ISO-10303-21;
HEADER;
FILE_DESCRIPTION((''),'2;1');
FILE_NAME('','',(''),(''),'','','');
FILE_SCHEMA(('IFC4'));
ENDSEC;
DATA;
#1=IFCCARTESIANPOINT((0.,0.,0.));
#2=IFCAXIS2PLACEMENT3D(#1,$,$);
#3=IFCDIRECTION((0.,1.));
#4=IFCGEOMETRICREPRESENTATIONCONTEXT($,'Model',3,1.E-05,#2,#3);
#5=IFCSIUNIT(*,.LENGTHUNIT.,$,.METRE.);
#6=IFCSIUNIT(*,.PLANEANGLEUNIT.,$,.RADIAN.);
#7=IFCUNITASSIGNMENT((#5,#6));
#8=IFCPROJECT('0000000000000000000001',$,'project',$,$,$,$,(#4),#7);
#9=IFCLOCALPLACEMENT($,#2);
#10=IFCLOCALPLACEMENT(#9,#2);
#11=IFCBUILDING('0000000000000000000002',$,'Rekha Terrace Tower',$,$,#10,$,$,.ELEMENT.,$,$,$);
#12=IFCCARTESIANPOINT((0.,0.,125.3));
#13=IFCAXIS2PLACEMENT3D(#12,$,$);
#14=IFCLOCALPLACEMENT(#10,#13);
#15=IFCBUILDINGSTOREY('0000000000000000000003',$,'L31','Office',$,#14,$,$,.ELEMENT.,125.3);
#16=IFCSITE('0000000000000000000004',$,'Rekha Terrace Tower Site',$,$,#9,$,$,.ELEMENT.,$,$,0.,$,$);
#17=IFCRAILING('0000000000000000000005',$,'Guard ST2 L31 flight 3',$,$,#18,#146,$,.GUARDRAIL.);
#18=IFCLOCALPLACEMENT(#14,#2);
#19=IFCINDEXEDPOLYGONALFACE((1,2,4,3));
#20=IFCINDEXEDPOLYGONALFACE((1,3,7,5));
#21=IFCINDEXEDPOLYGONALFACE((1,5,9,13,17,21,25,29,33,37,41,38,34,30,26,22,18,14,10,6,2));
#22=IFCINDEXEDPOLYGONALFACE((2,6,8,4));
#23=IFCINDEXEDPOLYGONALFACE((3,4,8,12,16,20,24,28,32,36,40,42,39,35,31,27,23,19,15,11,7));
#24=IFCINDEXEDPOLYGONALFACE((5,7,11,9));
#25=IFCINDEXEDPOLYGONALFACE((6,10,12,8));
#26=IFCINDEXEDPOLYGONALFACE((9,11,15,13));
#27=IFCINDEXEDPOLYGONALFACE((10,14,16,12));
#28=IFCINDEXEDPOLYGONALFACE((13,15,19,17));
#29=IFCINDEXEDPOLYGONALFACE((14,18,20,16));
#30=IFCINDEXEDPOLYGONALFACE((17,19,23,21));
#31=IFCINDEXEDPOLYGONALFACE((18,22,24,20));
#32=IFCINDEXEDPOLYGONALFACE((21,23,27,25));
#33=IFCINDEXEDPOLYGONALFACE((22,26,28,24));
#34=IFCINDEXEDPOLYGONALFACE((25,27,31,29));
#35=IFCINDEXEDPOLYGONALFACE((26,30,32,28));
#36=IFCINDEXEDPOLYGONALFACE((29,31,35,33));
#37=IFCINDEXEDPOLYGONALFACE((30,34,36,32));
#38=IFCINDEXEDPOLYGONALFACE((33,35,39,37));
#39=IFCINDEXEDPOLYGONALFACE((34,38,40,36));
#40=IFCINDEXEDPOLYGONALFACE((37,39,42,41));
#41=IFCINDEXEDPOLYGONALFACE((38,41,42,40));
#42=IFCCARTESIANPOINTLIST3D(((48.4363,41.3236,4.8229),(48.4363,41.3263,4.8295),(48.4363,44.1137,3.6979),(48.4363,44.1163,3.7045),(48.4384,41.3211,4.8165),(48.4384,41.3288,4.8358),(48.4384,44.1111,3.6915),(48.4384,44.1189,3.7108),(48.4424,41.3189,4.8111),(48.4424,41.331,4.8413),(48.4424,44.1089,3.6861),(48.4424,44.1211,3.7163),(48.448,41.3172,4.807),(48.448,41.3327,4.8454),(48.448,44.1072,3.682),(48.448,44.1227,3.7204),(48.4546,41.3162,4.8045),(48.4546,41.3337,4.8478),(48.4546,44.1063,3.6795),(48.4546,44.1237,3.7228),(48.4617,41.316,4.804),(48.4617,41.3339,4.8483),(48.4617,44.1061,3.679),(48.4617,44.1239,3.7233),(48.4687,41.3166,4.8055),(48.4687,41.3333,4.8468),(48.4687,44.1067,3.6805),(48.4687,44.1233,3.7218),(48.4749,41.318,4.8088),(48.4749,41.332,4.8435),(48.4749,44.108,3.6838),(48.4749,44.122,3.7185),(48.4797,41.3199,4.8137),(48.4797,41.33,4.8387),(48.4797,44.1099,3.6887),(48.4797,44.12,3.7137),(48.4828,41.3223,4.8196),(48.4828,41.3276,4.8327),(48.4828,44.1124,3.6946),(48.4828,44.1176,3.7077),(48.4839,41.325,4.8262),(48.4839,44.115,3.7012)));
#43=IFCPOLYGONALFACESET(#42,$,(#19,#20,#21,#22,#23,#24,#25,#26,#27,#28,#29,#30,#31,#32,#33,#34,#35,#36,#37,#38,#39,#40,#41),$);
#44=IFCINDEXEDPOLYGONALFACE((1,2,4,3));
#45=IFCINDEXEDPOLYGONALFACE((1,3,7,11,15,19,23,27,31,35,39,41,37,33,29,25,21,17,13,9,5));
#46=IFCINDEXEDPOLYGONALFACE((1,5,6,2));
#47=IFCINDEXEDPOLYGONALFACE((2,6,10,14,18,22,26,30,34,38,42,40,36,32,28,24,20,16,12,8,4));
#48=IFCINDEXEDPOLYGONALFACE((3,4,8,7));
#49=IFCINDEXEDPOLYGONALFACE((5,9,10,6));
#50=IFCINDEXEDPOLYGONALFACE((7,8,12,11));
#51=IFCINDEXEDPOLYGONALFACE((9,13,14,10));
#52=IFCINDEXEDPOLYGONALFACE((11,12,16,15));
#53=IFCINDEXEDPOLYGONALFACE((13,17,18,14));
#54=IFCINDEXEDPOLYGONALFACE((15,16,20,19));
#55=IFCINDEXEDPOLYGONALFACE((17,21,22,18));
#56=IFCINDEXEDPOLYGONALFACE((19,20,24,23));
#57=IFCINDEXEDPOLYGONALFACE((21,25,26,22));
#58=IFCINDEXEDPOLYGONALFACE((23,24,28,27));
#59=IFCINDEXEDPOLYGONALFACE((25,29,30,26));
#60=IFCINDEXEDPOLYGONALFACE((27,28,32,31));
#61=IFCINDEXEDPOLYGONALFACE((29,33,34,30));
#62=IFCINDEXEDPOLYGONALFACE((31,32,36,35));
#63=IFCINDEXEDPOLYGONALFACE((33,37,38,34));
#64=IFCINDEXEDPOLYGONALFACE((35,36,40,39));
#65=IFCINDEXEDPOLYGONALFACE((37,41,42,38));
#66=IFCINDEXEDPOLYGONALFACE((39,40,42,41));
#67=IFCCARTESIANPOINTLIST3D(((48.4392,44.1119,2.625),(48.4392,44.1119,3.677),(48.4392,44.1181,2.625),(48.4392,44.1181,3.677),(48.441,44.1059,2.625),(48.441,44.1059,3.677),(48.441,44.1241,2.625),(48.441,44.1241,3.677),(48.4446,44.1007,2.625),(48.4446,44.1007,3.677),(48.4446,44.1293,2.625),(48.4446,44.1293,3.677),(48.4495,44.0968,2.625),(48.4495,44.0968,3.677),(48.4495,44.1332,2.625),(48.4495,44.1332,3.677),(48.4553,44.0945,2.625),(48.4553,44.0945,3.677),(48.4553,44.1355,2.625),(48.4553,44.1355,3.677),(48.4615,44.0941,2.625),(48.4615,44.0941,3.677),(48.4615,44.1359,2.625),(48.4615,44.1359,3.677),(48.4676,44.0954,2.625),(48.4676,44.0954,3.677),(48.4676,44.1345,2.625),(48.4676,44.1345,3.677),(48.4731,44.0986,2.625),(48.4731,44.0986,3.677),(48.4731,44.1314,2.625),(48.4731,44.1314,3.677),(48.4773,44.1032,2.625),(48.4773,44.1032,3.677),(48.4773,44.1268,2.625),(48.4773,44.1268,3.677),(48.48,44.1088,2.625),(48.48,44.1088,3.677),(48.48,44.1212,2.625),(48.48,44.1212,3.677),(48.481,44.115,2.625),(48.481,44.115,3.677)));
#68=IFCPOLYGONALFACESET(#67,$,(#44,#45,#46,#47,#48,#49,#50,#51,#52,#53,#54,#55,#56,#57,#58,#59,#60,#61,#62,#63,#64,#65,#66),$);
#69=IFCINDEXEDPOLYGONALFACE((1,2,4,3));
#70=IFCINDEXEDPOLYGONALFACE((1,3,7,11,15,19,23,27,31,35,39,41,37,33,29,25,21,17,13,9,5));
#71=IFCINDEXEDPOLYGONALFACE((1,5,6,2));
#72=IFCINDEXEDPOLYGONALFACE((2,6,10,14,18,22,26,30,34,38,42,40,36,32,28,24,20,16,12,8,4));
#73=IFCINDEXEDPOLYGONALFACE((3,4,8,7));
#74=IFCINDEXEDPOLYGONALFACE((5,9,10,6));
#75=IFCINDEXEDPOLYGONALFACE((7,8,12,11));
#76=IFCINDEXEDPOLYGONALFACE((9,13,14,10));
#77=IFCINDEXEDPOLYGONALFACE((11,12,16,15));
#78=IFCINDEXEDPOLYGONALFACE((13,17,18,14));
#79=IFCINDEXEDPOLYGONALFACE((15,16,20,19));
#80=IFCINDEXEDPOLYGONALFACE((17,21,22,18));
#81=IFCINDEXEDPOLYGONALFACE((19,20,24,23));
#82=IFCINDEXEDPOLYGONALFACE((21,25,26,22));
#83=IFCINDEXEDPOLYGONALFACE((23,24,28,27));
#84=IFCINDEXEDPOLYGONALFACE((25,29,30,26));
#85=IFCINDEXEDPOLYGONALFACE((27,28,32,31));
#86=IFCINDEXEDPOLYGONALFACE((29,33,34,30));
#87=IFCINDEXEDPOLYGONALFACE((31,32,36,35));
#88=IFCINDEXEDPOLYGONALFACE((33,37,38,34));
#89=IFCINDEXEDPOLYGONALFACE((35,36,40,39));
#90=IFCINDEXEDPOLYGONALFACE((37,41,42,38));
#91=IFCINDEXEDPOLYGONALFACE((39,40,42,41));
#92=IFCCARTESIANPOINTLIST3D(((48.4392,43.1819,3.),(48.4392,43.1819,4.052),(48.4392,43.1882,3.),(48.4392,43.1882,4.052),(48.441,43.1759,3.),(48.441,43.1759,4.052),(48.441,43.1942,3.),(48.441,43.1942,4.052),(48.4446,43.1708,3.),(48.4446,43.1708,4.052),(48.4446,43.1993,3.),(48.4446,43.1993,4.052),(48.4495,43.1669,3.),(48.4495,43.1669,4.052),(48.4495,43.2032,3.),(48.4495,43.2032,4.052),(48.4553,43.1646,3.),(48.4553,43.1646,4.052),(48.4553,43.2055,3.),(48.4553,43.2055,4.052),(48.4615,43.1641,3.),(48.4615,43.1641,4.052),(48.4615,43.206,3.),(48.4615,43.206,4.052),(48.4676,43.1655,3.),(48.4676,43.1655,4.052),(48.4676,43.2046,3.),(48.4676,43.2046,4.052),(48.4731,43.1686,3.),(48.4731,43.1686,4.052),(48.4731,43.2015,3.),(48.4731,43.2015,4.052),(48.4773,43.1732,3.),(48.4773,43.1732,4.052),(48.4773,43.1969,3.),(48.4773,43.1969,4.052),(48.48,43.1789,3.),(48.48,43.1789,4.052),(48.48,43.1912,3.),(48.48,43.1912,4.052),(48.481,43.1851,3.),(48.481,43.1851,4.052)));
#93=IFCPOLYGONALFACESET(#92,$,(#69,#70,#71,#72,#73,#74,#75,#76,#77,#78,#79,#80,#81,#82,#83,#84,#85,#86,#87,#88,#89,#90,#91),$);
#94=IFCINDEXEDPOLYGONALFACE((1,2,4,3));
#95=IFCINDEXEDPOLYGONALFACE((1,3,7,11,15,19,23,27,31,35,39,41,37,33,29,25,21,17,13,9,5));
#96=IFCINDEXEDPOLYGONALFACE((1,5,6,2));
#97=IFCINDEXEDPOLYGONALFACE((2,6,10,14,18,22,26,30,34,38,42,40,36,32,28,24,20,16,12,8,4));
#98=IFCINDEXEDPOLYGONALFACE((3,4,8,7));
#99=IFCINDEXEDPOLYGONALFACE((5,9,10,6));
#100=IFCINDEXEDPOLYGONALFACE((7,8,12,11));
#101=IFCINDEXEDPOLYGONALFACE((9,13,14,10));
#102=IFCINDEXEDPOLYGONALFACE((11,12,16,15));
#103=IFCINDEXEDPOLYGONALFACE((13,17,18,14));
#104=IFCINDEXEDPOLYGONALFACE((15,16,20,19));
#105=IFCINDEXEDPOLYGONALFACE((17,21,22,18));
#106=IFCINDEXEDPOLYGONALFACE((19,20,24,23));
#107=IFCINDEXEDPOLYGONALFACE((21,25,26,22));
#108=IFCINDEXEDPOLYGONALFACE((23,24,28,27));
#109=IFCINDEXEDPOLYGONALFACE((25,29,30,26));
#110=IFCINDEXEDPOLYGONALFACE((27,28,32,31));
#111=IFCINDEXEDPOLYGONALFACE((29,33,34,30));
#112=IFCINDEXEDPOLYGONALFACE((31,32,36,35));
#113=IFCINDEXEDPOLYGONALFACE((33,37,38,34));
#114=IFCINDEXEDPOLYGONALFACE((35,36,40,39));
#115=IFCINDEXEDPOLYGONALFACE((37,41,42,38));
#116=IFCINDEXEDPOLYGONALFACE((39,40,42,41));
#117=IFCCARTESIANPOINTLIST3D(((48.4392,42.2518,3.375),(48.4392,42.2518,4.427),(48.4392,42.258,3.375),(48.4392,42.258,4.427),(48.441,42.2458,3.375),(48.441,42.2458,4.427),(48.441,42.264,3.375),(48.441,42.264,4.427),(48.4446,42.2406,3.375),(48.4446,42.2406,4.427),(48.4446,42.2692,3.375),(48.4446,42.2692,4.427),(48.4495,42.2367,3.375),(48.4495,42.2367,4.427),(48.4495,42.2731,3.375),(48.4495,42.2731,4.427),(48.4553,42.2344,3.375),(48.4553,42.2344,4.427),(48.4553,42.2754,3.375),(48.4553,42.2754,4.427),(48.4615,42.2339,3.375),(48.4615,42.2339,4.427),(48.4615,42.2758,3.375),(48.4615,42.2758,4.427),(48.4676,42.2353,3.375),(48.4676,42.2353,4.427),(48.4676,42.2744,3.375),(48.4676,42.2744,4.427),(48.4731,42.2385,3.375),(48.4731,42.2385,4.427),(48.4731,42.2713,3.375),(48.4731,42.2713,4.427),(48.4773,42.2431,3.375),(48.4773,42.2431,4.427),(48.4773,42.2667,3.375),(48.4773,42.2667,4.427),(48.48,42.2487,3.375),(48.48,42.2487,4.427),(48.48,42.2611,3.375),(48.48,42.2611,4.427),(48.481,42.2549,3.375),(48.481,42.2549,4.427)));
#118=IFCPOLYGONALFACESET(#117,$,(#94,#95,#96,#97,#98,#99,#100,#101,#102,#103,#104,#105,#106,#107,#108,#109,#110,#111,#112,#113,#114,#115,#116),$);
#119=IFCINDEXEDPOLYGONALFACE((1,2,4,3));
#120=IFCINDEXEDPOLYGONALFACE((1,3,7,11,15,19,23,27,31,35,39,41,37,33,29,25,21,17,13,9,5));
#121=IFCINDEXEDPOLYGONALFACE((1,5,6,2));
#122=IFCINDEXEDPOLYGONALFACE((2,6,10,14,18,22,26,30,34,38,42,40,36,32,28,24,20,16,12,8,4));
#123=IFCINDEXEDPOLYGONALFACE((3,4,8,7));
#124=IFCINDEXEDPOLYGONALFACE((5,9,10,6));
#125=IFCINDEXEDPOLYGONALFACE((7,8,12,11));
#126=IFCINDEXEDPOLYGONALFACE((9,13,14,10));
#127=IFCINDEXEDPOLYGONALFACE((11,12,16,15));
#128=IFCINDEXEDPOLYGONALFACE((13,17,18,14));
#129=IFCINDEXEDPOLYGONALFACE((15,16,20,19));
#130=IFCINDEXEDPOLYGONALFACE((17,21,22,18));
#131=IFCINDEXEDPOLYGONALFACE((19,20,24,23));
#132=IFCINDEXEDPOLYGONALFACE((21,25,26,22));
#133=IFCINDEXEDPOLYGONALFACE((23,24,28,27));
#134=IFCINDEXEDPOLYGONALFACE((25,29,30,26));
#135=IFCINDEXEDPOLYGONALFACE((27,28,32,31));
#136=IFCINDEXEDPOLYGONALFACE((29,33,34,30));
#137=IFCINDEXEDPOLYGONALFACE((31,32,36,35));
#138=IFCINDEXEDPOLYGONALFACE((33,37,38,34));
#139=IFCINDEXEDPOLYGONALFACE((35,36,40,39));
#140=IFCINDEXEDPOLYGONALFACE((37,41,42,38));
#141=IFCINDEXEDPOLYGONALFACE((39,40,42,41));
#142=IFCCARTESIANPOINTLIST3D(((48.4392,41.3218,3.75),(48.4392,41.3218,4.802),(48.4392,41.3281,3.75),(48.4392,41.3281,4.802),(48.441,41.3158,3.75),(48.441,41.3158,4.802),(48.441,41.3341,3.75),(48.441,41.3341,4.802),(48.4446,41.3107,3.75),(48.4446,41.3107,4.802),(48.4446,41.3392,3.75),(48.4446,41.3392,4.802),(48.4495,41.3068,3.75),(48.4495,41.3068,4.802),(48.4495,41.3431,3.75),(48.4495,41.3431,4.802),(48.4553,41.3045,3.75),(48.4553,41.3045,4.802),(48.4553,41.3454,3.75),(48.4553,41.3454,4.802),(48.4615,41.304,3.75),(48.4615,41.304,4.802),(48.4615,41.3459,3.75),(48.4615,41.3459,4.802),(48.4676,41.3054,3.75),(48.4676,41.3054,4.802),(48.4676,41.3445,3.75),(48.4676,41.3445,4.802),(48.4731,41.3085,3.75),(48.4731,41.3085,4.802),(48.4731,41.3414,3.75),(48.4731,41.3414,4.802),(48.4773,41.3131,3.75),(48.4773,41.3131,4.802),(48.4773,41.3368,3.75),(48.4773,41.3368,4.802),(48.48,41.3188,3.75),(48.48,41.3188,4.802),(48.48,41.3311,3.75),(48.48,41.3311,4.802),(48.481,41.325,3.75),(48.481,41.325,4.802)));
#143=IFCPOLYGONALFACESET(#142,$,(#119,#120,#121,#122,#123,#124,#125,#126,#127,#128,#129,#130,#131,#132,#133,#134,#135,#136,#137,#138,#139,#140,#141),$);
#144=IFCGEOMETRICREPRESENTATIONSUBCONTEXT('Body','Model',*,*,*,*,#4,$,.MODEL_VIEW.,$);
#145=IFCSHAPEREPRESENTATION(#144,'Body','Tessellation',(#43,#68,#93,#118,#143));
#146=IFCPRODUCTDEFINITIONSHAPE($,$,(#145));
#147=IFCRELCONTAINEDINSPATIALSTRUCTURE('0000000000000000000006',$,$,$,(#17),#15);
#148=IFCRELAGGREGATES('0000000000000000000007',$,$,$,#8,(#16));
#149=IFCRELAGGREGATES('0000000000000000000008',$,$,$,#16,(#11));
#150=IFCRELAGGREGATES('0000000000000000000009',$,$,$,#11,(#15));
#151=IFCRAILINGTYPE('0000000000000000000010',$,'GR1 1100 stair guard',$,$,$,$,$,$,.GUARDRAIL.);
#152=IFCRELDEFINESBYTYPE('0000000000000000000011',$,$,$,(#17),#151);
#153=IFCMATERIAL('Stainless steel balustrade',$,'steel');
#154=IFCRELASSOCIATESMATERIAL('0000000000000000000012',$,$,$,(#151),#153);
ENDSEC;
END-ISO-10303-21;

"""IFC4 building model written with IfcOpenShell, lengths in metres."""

from ifc_helpers import new_model, si_unit, direction, frame, origin, origin_2d, place, context, subcontext, project, spatial, circle, extrude, material, type_object, element, save


model = new_model("IFC4")

# Units and contexts
model_context = context("Model", 3, precision=1e-05, world=origin(), true_north=direction((0.0, 1.0)))
body_context = subcontext(model_context, "Body", "Model", "MODEL_VIEW")
ifc_project = project(units=[si_unit("LENGTHUNIT", "METRE"), si_unit("PLANEANGLEUNIT", "RADIAN")], contexts=[model_context])

# Site, building, storey
site_placement = place(None, origin())
site = spatial("IfcSite", under=ifc_project, at=site_placement, Name="Rekha Terrace Tower Site", CompositionType="ELEMENT", RefElevation=0.0)
building_placement = place(site_placement, origin())
building = spatial("IfcBuilding", under=site, at=building_placement, Name="Rekha Terrace Tower", CompositionType="ELEMENT")
storey_placement = place(building_placement, frame((0.0, 0.0, 125.3)))
storey = spatial("IfcBuildingStorey", under=building, at=storey_placement, Name="L31", Description="Office", CompositionType="ELEMENT", Elevation=125.3)

# Railing
ifc_material_1 = material(Name="Stainless steel balustrade", Category="steel")
railing_type_1 = type_object("IfcRailingType", Name="GR1 1100 stair guard", PredefinedType="GUARDRAIL", material=ifc_material_1)
railing_1_placement = place(storey_placement, frame((48.46, 44.115, 2.625)))
element("IfcRailing", 1, at=railing_1_placement, inside=storey, type_object=railing_type_1, Name="Guard ST2 L31 flight 3", PredefinedType="GUARDRAIL", context=body_context, shape_type="SweptSolid", body=[
    extrude(circle(Radius=0.0239, at=origin_2d()), frame((0.0, 0.0, 1.0762), z_axis=(0.0, -0.927443, 0.373964), x_axis=(1.0, 0.0, 0.0)), (0.0, 0.0, 1.0), 3.0083),
    extrude(circle(Radius=0.021, at=origin_2d()), origin(), (0.0, 0.0, 1.0), 1.052),
    extrude(circle(Radius=0.021, at=origin_2d()), frame((0.0, -0.9299, 0.375)), (0.0, 0.0, 1.0), 1.052),
    extrude(circle(Radius=0.021, at=origin_2d()), frame((0.0, -1.8601, 0.75)), (0.0, 0.0, 1.0), 1.052),
    extrude(circle(Radius=0.021, at=origin_2d()), frame((0.0, -2.79, 1.125)), (0.0, 0.0, 1.0), 1.052),
])

save(model, "model.ifc")
